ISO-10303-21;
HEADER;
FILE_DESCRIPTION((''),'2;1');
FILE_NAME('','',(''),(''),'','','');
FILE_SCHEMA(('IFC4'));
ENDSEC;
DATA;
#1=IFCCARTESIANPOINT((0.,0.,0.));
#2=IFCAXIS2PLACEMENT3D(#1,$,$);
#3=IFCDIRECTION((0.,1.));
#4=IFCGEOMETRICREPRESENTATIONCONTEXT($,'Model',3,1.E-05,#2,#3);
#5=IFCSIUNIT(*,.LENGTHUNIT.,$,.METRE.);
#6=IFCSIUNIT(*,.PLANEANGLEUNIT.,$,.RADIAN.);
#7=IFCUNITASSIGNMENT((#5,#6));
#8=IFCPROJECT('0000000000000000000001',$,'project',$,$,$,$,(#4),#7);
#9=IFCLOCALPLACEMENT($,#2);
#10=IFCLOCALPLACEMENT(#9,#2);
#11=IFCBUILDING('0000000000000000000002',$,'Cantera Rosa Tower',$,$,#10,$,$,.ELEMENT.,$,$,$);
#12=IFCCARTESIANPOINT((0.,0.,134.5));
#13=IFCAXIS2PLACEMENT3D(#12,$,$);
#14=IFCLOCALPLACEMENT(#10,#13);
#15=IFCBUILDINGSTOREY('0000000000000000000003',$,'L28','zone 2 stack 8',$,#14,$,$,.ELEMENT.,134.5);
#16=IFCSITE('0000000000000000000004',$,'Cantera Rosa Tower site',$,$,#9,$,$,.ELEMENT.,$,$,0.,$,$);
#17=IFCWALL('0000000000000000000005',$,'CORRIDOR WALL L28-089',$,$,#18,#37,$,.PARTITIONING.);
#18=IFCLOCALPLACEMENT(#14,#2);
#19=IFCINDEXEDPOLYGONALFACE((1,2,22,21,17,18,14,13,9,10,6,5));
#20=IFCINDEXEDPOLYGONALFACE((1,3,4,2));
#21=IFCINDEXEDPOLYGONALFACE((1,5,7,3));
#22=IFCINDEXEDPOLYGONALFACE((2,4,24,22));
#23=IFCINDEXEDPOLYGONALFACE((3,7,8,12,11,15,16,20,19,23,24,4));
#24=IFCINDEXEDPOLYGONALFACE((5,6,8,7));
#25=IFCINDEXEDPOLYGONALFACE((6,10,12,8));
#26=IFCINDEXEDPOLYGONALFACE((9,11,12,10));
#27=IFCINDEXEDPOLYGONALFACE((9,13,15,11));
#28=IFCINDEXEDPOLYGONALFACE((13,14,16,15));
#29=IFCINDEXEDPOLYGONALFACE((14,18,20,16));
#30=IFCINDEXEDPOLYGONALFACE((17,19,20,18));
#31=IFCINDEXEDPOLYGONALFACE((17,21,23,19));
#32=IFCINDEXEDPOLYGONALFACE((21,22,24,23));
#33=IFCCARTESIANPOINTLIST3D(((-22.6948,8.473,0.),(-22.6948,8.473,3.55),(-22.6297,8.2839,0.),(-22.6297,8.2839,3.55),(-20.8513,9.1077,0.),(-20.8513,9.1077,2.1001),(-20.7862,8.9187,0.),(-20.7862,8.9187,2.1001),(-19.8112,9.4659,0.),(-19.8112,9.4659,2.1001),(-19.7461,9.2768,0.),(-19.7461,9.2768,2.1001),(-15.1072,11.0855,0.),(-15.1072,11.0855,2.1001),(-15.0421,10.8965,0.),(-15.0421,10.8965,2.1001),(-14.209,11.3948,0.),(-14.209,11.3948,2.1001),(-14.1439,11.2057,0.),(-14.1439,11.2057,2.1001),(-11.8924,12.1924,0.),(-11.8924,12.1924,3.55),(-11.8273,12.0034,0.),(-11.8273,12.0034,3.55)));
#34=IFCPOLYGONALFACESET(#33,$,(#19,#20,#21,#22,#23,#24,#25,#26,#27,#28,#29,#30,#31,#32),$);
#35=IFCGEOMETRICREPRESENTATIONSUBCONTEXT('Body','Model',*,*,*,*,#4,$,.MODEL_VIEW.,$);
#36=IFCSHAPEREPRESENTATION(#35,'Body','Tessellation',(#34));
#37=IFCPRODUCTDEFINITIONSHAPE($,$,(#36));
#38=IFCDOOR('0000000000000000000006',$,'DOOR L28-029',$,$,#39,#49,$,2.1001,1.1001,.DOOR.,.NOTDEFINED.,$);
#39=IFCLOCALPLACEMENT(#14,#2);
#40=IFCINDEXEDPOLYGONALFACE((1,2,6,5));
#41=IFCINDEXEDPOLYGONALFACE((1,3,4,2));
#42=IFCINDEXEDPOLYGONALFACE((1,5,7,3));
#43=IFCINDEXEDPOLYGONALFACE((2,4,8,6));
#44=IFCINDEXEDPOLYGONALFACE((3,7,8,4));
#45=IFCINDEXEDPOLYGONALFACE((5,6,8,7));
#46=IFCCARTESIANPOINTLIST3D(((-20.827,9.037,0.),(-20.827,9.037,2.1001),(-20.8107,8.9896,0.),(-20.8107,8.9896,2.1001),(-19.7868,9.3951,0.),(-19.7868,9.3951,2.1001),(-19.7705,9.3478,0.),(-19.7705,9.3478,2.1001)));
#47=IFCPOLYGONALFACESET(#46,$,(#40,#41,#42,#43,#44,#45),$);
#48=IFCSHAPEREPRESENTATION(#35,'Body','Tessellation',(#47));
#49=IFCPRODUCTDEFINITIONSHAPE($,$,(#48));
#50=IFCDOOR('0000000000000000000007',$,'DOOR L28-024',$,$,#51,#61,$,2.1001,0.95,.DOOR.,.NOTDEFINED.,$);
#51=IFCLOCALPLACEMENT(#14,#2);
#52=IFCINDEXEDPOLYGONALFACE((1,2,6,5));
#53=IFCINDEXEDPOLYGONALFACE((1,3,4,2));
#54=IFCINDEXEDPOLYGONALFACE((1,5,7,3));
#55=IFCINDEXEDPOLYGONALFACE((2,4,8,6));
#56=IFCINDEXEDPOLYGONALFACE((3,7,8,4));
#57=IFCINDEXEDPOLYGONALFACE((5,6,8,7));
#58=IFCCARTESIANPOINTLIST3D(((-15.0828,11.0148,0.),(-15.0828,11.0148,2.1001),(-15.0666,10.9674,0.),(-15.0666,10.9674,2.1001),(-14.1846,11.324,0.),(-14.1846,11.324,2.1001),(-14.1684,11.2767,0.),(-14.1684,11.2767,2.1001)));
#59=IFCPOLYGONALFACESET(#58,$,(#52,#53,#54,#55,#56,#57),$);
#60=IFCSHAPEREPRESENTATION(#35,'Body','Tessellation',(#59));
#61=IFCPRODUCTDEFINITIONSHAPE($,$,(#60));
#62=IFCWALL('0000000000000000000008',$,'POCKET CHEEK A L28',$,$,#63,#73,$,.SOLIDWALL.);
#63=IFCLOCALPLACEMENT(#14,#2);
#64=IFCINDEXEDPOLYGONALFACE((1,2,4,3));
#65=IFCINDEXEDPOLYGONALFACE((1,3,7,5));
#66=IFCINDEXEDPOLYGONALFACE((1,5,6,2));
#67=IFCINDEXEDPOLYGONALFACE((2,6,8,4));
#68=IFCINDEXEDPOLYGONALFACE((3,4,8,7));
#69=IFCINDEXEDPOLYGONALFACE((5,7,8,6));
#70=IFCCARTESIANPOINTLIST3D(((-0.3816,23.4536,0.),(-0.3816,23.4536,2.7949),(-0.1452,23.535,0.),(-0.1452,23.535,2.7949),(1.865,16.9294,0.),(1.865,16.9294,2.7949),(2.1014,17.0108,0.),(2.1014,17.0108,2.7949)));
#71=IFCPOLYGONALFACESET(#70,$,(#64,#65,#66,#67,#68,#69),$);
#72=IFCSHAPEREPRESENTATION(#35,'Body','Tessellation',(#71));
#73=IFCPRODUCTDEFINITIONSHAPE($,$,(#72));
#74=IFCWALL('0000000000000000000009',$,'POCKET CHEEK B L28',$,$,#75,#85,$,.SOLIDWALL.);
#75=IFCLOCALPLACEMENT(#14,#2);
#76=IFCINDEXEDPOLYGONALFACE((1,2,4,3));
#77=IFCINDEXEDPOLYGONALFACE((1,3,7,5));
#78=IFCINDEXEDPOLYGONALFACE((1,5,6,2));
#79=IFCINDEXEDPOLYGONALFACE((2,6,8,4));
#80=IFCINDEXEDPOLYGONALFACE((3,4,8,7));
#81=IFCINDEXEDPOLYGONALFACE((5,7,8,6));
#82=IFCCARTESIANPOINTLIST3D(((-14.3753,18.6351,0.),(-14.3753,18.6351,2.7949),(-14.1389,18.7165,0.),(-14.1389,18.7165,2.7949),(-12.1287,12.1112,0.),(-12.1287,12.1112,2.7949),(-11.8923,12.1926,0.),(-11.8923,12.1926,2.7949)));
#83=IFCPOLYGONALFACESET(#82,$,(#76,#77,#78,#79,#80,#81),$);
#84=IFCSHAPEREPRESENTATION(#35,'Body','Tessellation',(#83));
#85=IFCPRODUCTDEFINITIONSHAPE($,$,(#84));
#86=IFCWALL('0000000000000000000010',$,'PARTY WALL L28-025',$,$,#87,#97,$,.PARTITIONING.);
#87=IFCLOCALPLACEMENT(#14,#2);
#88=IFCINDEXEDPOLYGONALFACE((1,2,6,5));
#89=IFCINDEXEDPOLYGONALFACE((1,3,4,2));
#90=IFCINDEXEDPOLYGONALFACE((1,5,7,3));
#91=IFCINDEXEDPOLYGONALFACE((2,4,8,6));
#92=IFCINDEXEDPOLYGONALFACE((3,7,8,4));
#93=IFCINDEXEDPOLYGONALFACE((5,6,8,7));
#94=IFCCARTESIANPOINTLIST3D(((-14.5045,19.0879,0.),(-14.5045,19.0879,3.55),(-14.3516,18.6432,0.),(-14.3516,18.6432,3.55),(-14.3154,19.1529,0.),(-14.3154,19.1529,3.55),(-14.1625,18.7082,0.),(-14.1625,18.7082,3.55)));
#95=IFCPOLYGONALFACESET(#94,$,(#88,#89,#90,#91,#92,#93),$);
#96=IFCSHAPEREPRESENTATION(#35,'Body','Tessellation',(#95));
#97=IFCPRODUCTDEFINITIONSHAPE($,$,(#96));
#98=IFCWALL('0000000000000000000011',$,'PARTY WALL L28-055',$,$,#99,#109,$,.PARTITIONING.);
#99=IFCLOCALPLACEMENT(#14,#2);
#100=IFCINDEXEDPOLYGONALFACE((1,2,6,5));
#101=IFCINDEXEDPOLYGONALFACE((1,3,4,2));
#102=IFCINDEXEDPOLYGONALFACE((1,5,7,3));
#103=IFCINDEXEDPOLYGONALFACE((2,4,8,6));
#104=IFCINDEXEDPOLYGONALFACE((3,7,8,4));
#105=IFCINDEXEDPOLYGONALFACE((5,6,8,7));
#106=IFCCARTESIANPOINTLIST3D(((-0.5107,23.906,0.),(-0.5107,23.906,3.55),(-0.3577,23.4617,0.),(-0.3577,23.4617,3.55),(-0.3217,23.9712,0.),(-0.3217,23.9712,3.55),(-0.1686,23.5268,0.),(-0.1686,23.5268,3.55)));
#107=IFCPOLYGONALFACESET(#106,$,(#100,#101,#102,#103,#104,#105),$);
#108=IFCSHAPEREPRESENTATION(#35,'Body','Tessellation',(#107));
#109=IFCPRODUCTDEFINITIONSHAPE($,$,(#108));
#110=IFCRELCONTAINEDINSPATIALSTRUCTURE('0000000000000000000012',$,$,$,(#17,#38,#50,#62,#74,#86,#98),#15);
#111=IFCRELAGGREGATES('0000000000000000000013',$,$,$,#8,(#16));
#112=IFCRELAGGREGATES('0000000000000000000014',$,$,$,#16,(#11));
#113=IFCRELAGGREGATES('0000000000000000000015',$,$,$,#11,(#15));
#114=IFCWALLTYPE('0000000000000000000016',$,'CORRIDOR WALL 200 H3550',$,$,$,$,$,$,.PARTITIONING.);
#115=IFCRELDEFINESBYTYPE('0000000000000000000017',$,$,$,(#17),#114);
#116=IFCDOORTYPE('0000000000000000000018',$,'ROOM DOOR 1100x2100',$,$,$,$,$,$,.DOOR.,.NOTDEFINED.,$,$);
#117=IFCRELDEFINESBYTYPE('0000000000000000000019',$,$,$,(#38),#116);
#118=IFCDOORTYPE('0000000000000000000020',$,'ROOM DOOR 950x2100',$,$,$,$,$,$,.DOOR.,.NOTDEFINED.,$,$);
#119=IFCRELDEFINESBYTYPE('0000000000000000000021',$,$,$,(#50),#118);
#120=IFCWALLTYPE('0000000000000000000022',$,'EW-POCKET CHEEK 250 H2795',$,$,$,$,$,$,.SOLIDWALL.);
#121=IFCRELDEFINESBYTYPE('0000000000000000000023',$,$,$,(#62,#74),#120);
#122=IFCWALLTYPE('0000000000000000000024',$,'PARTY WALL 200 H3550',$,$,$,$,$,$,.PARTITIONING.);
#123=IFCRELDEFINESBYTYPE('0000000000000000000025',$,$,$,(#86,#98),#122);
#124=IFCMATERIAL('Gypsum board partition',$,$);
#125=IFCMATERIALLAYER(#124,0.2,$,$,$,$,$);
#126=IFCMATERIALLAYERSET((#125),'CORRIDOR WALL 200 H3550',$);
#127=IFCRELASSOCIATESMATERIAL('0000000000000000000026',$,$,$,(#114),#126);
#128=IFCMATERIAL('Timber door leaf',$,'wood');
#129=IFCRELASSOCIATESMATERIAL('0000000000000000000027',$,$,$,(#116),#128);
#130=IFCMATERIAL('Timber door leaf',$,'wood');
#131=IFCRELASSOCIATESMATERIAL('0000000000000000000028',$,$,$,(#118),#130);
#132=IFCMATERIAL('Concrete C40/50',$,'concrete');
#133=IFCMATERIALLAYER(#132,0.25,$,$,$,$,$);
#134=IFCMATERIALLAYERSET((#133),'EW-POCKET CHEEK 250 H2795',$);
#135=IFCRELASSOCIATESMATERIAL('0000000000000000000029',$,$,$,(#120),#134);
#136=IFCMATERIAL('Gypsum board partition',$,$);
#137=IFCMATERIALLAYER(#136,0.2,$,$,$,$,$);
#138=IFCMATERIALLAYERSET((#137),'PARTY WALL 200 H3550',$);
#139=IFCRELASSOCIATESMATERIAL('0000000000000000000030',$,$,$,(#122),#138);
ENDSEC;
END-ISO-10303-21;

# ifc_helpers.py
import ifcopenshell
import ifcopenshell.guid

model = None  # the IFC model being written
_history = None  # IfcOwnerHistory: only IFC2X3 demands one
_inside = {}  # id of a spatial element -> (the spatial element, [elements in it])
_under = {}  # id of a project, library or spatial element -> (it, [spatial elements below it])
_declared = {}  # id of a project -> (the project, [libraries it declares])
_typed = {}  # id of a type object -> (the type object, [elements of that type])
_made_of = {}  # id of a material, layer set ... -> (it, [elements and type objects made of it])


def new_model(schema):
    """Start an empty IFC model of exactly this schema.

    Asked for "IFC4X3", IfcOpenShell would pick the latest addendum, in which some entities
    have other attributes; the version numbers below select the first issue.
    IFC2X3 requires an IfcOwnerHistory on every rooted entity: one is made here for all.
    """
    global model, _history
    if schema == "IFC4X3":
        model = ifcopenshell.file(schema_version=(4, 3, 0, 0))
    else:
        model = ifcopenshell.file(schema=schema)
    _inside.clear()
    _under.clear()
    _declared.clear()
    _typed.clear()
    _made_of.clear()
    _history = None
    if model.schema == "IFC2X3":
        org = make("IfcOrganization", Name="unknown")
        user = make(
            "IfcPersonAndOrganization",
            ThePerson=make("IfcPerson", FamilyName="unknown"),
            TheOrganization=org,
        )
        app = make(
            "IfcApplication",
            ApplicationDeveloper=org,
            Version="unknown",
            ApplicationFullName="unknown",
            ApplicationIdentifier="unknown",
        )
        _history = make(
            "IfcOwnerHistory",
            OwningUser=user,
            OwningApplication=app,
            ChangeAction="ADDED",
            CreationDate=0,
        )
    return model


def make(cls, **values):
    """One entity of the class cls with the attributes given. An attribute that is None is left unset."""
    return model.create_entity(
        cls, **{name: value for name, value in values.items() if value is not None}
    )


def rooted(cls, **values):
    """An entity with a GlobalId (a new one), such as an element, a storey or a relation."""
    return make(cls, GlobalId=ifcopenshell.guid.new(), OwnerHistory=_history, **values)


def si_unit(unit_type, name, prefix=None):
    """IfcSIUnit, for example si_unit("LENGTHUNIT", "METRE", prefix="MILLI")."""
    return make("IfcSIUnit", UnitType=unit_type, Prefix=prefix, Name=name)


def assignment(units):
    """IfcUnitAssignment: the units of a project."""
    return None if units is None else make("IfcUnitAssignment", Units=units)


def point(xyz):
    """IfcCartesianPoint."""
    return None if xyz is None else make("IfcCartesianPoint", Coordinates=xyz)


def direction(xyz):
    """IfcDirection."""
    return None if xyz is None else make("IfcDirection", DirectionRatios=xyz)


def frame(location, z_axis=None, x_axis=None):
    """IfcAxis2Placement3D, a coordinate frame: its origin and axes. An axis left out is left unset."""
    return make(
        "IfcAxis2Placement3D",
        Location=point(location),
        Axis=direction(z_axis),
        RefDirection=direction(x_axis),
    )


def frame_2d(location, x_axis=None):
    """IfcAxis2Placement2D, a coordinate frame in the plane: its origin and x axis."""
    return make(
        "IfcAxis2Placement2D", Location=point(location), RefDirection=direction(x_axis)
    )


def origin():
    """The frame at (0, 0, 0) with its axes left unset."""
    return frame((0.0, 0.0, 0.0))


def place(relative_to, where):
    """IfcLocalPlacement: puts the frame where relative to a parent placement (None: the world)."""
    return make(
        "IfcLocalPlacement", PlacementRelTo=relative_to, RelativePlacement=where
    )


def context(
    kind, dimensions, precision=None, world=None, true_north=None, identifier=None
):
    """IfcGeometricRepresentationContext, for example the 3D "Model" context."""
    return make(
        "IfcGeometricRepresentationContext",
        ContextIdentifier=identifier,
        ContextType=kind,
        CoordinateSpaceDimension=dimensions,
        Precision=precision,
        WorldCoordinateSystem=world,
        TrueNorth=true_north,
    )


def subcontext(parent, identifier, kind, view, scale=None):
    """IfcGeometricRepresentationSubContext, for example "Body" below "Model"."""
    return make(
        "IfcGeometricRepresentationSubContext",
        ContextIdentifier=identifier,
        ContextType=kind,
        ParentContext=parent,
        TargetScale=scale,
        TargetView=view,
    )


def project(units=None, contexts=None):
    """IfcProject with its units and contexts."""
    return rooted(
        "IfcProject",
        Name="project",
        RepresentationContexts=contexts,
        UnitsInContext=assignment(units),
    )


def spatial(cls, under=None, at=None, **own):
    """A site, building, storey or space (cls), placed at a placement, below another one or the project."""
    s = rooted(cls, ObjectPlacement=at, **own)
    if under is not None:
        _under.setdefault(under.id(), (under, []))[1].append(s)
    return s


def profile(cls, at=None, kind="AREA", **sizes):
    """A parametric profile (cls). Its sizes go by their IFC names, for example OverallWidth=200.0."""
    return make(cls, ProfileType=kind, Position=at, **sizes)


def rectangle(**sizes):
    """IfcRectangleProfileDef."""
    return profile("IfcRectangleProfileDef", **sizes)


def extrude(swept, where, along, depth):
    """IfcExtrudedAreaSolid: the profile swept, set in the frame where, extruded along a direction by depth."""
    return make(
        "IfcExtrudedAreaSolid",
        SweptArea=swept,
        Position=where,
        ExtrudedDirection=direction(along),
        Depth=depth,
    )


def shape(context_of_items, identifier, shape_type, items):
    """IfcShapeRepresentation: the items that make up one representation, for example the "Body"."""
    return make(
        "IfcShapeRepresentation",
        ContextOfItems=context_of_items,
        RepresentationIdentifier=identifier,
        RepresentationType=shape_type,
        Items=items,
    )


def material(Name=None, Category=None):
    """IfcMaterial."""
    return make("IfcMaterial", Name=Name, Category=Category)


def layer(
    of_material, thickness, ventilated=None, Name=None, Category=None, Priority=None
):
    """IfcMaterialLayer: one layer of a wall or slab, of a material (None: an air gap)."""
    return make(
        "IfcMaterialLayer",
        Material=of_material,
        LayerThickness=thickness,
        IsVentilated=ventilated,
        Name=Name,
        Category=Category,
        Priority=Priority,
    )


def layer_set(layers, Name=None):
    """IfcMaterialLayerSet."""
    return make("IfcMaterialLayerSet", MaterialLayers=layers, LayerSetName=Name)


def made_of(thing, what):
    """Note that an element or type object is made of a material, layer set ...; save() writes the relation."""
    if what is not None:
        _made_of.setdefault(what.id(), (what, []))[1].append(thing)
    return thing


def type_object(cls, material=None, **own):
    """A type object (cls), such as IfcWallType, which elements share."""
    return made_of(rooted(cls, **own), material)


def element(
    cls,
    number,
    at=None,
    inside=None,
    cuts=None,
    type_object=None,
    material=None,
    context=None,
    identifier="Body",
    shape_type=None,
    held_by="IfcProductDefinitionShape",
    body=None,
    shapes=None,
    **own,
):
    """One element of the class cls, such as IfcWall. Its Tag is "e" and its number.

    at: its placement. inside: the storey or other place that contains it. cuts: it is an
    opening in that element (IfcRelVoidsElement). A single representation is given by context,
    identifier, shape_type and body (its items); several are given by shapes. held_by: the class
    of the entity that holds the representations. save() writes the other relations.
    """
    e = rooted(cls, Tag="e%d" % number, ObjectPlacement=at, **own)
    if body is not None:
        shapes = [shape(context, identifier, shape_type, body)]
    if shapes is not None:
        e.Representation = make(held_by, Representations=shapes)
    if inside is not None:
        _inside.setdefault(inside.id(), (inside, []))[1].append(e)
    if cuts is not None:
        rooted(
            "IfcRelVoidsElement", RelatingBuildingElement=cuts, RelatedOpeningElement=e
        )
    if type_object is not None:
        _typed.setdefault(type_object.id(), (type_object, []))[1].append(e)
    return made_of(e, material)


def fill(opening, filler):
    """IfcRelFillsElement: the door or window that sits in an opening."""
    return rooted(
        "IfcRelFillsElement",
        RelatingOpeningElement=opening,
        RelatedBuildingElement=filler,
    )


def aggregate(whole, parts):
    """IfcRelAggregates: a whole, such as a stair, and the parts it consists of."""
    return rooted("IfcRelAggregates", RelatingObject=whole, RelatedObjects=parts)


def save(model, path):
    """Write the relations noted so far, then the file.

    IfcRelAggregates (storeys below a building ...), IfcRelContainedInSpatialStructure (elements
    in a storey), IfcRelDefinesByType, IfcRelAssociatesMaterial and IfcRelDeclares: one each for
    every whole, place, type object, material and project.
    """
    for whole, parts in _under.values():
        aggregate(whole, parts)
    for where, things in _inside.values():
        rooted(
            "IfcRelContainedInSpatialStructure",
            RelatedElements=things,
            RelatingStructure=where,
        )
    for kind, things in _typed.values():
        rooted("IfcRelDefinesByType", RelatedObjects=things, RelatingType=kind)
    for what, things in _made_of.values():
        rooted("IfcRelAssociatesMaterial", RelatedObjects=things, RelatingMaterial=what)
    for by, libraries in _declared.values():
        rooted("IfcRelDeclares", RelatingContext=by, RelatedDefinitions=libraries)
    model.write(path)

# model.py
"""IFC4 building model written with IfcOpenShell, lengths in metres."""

from ifc_helpers import new_model, si_unit, direction, frame, frame_2d, origin, place, context, subcontext, project, spatial, rectangle, extrude, material, layer, layer_set, type_object, element, fill, save


model = new_model("IFC4")

# Units and contexts
model_context = context("Model", 3, precision=1e-05, world=origin(), true_north=direction((0.0, 1.0)))
body_context = subcontext(model_context, "Body", "Model", "MODEL_VIEW")
ifc_project = project(units=[si_unit("LENGTHUNIT", "METRE"), si_unit("PLANEANGLEUNIT", "RADIAN")], contexts=[model_context])

# Site, building, storey
site_placement = place(None, origin())
site = spatial("IfcSite", under=ifc_project, at=site_placement, Name="Cantera Rosa Tower site", CompositionType="ELEMENT", RefElevation=0.0)
building_placement = place(site_placement, origin())
building = spatial("IfcBuilding", under=site, at=building_placement, Name="Cantera Rosa Tower", CompositionType="ELEMENT")
storey_placement = place(building_placement, frame((0.0, 0.0, 134.5)))
storey = spatial("IfcBuildingStorey", under=building, at=storey_placement, Name="L28", Description="zone 2 stack 8", CompositionType="ELEMENT", Elevation=134.5)

# Shared definitions
ifc_material_1 = material(Name="Gypsum board partition")
ifc_layer_1 = layer(ifc_material_1, 0.2)
ifc_layer_set_1 = layer_set([ifc_layer_1], Name="CORRIDOR WALL 200 H3550")
wall_type_1 = type_object("IfcWallType", Name="CORRIDOR WALL 200 H3550", PredefinedType="PARTITIONING", material=ifc_layer_set_1)

# Wall, openings, doors
wall_1_placement = place(storey_placement, frame((-11.8599, 12.0979, 0.0), z_axis=(0.0, 0.0, 1.0), x_axis=(-0.945522, -0.325559, 0.0)))
wall_1 = element("IfcWall", 1, at=wall_1_placement, inside=storey, type_object=wall_type_1, Name="CORRIDOR WALL L28-089", PredefinedType="PARTITIONING", context=body_context, shape_type="SweptSolid", body=[
    extrude(rectangle(XDim=11.4248, YDim=0.2, at=frame_2d((5.7124, 0.0))), origin(), (0.0, 0.0, 1.0), 3.55),
])
opening_1_placement = place(wall_1_placement, frame((2.45, 0.0, 0.0)))
opening_1 = element("IfcOpeningElement", 2, at=opening_1_placement, cuts=wall_1, PredefinedType="OPENING", context=body_context, shape_type="SweptSolid", body=[
    extrude(rectangle(XDim=0.95, YDim=2.1001, at=frame_2d((0.4751, 1.05))), frame((0.0, 0.1099, 0.0), z_axis=(0.0, -1.0, 0.0), x_axis=(1.0, 0.0, 0.0)), (0.0, 0.0, 1.0), 0.22),
])
opening_2_placement = place(wall_1_placement, frame((8.375, 0.0, 0.0)))
opening_2 = element("IfcOpeningElement", 3, at=opening_2_placement, cuts=wall_1, PredefinedType="OPENING", context=body_context, shape_type="SweptSolid", body=[
    extrude(rectangle(XDim=1.1001, YDim=2.1001, at=frame_2d((0.55, 1.05))), frame((0.0, 0.1099, 0.0), z_axis=(0.0, -1.0, 0.0), x_axis=(1.0, 0.0, 0.0)), (0.0, 0.0, 1.0), 0.22),
])
ifc_material_2 = material(Name="Timber door leaf", Category="wood")
door_type_1 = type_object("IfcDoorType", Name="ROOM DOOR 1100x2100", OperationType="NOTDEFINED", PredefinedType="DOOR", material=ifc_material_2)
door_1_placement = place(opening_2_placement, origin())
door_1 = element("IfcDoor", 4, at=door_1_placement, inside=storey, type_object=door_type_1, Name="DOOR L28-029", OperationType="NOTDEFINED", OverallHeight=2.1001, OverallWidth=1.1001, PredefinedType="DOOR", context=body_context, shape_type="SweptSolid", body=[
    extrude(rectangle(XDim=1.1001, YDim=2.1001, at=frame_2d((0.55, 1.05))), frame((0.0, 0.0249, 0.0), z_axis=(0.0, -1.0, 0.0), x_axis=(1.0, 0.0, 0.0)), (0.0, 0.0, 1.0), 0.05),
])
fill(opening_2, door_1)
ifc_material_3 = material(Name="Timber door leaf", Category="wood")
door_type_2 = type_object("IfcDoorType", Name="ROOM DOOR 950x2100", OperationType="NOTDEFINED", PredefinedType="DOOR", material=ifc_material_3)
door_2_placement = place(opening_1_placement, origin())
door_2 = element("IfcDoor", 5, at=door_2_placement, inside=storey, type_object=door_type_2, Name="DOOR L28-024", OperationType="NOTDEFINED", OverallHeight=2.1001, OverallWidth=0.95, PredefinedType="DOOR", context=body_context, shape_type="SweptSolid", body=[
    extrude(rectangle(XDim=0.95, YDim=2.1001, at=frame_2d((0.4751, 1.05))), frame((0.0, 0.0249, 0.0), z_axis=(0.0, -1.0, 0.0), x_axis=(1.0, 0.0, 0.0)), (0.0, 0.0, 1.0), 0.05),
])
fill(opening_1, door_2)

# Walls
ifc_material_4 = material(Name="Concrete C40/50", Category="concrete")
ifc_layer_2 = layer(ifc_material_4, 0.25)
ifc_layer_set_2 = layer_set([ifc_layer_2], Name="EW-POCKET CHEEK 250 H2795")
wall_type_2 = type_object("IfcWallType", Name="EW-POCKET CHEEK 250 H2795", PredefinedType="SOLIDWALL", material=ifc_layer_set_2)
wall_2_placement = place(storey_placement, frame((-0.2634, 23.4944, 0.0), z_axis=(0.0, 0.0, 1.0), x_axis=(0.325585, -0.945513, 0.0)))
element("IfcWall", 6, at=wall_2_placement, inside=storey, type_object=wall_type_2, Name="POCKET CHEEK A L28", PredefinedType="SOLIDWALL", context=body_context, shape_type="SweptSolid", body=[
    extrude(rectangle(XDim=6.9001, YDim=0.25, at=frame_2d((3.4502, 0.0))), origin(), (0.0, 0.0, 1.0), 2.7949),
])
wall_3_placement = place(storey_placement, frame((-14.2571, 18.6758, 0.0), z_axis=(0.0, 0.0, 1.0), x_axis=(0.325596, -0.945509, 0.0)))
element("IfcWall", 7, at=wall_3_placement, inside=storey, type_object=wall_type_2, Name="POCKET CHEEK B L28", PredefinedType="SOLIDWALL", context=body_context, shape_type="SweptSolid", body=[
    extrude(rectangle(XDim=6.8999, YDim=0.25, at=frame_2d((3.45, 0.0))), origin(), (0.0, 0.0, 1.0), 2.7949),
])
ifc_material_5 = material(Name="Gypsum board partition")
ifc_layer_3 = layer(ifc_material_5, 0.2)
ifc_layer_set_3 = layer_set([ifc_layer_3], Name="PARTY WALL 200 H3550")
wall_type_3 = type_object("IfcWallType", Name="PARTY WALL 200 H3550", PredefinedType="PARTITIONING", material=ifc_layer_set_3)
wall_4_placement = place(storey_placement, frame((-14.4099, 19.1204, 0.0), z_axis=(0.0, 0.0, 1.0), x_axis=(0.325094, -0.945682, 0.0)))
element("IfcWall", 8, at=wall_4_placement, inside=storey, type_object=wall_type_3, Name="PARTY WALL L28-025", PredefinedType="PARTITIONING", context=body_context, shape_type="SweptSolid", body=[
    extrude(rectangle(XDim=0.4702, YDim=0.2, at=frame_2d((0.2351, 0.0))), origin(), (0.0, 0.0, 1.0), 3.55),
])
wall_5_placement = place(storey_placement, frame((-0.2632, 23.4944, 0.0), z_axis=(0.0, 0.0, 1.0), x_axis=(-0.325719, 0.945467, 0.0)))
element("IfcWall", 9, at=wall_5_placement, inside=storey, type_object=wall_type_3, Name="PARTY WALL L28-055", PredefinedType="PARTITIONING", context=body_context, shape_type="SweptSolid", body=[
    extrude(rectangle(XDim=0.47, YDim=0.2, at=frame_2d((0.2349, 0.0))), origin(), (0.0, 0.0, 1.0), 3.55),
])

save(model, "model.ifc")
